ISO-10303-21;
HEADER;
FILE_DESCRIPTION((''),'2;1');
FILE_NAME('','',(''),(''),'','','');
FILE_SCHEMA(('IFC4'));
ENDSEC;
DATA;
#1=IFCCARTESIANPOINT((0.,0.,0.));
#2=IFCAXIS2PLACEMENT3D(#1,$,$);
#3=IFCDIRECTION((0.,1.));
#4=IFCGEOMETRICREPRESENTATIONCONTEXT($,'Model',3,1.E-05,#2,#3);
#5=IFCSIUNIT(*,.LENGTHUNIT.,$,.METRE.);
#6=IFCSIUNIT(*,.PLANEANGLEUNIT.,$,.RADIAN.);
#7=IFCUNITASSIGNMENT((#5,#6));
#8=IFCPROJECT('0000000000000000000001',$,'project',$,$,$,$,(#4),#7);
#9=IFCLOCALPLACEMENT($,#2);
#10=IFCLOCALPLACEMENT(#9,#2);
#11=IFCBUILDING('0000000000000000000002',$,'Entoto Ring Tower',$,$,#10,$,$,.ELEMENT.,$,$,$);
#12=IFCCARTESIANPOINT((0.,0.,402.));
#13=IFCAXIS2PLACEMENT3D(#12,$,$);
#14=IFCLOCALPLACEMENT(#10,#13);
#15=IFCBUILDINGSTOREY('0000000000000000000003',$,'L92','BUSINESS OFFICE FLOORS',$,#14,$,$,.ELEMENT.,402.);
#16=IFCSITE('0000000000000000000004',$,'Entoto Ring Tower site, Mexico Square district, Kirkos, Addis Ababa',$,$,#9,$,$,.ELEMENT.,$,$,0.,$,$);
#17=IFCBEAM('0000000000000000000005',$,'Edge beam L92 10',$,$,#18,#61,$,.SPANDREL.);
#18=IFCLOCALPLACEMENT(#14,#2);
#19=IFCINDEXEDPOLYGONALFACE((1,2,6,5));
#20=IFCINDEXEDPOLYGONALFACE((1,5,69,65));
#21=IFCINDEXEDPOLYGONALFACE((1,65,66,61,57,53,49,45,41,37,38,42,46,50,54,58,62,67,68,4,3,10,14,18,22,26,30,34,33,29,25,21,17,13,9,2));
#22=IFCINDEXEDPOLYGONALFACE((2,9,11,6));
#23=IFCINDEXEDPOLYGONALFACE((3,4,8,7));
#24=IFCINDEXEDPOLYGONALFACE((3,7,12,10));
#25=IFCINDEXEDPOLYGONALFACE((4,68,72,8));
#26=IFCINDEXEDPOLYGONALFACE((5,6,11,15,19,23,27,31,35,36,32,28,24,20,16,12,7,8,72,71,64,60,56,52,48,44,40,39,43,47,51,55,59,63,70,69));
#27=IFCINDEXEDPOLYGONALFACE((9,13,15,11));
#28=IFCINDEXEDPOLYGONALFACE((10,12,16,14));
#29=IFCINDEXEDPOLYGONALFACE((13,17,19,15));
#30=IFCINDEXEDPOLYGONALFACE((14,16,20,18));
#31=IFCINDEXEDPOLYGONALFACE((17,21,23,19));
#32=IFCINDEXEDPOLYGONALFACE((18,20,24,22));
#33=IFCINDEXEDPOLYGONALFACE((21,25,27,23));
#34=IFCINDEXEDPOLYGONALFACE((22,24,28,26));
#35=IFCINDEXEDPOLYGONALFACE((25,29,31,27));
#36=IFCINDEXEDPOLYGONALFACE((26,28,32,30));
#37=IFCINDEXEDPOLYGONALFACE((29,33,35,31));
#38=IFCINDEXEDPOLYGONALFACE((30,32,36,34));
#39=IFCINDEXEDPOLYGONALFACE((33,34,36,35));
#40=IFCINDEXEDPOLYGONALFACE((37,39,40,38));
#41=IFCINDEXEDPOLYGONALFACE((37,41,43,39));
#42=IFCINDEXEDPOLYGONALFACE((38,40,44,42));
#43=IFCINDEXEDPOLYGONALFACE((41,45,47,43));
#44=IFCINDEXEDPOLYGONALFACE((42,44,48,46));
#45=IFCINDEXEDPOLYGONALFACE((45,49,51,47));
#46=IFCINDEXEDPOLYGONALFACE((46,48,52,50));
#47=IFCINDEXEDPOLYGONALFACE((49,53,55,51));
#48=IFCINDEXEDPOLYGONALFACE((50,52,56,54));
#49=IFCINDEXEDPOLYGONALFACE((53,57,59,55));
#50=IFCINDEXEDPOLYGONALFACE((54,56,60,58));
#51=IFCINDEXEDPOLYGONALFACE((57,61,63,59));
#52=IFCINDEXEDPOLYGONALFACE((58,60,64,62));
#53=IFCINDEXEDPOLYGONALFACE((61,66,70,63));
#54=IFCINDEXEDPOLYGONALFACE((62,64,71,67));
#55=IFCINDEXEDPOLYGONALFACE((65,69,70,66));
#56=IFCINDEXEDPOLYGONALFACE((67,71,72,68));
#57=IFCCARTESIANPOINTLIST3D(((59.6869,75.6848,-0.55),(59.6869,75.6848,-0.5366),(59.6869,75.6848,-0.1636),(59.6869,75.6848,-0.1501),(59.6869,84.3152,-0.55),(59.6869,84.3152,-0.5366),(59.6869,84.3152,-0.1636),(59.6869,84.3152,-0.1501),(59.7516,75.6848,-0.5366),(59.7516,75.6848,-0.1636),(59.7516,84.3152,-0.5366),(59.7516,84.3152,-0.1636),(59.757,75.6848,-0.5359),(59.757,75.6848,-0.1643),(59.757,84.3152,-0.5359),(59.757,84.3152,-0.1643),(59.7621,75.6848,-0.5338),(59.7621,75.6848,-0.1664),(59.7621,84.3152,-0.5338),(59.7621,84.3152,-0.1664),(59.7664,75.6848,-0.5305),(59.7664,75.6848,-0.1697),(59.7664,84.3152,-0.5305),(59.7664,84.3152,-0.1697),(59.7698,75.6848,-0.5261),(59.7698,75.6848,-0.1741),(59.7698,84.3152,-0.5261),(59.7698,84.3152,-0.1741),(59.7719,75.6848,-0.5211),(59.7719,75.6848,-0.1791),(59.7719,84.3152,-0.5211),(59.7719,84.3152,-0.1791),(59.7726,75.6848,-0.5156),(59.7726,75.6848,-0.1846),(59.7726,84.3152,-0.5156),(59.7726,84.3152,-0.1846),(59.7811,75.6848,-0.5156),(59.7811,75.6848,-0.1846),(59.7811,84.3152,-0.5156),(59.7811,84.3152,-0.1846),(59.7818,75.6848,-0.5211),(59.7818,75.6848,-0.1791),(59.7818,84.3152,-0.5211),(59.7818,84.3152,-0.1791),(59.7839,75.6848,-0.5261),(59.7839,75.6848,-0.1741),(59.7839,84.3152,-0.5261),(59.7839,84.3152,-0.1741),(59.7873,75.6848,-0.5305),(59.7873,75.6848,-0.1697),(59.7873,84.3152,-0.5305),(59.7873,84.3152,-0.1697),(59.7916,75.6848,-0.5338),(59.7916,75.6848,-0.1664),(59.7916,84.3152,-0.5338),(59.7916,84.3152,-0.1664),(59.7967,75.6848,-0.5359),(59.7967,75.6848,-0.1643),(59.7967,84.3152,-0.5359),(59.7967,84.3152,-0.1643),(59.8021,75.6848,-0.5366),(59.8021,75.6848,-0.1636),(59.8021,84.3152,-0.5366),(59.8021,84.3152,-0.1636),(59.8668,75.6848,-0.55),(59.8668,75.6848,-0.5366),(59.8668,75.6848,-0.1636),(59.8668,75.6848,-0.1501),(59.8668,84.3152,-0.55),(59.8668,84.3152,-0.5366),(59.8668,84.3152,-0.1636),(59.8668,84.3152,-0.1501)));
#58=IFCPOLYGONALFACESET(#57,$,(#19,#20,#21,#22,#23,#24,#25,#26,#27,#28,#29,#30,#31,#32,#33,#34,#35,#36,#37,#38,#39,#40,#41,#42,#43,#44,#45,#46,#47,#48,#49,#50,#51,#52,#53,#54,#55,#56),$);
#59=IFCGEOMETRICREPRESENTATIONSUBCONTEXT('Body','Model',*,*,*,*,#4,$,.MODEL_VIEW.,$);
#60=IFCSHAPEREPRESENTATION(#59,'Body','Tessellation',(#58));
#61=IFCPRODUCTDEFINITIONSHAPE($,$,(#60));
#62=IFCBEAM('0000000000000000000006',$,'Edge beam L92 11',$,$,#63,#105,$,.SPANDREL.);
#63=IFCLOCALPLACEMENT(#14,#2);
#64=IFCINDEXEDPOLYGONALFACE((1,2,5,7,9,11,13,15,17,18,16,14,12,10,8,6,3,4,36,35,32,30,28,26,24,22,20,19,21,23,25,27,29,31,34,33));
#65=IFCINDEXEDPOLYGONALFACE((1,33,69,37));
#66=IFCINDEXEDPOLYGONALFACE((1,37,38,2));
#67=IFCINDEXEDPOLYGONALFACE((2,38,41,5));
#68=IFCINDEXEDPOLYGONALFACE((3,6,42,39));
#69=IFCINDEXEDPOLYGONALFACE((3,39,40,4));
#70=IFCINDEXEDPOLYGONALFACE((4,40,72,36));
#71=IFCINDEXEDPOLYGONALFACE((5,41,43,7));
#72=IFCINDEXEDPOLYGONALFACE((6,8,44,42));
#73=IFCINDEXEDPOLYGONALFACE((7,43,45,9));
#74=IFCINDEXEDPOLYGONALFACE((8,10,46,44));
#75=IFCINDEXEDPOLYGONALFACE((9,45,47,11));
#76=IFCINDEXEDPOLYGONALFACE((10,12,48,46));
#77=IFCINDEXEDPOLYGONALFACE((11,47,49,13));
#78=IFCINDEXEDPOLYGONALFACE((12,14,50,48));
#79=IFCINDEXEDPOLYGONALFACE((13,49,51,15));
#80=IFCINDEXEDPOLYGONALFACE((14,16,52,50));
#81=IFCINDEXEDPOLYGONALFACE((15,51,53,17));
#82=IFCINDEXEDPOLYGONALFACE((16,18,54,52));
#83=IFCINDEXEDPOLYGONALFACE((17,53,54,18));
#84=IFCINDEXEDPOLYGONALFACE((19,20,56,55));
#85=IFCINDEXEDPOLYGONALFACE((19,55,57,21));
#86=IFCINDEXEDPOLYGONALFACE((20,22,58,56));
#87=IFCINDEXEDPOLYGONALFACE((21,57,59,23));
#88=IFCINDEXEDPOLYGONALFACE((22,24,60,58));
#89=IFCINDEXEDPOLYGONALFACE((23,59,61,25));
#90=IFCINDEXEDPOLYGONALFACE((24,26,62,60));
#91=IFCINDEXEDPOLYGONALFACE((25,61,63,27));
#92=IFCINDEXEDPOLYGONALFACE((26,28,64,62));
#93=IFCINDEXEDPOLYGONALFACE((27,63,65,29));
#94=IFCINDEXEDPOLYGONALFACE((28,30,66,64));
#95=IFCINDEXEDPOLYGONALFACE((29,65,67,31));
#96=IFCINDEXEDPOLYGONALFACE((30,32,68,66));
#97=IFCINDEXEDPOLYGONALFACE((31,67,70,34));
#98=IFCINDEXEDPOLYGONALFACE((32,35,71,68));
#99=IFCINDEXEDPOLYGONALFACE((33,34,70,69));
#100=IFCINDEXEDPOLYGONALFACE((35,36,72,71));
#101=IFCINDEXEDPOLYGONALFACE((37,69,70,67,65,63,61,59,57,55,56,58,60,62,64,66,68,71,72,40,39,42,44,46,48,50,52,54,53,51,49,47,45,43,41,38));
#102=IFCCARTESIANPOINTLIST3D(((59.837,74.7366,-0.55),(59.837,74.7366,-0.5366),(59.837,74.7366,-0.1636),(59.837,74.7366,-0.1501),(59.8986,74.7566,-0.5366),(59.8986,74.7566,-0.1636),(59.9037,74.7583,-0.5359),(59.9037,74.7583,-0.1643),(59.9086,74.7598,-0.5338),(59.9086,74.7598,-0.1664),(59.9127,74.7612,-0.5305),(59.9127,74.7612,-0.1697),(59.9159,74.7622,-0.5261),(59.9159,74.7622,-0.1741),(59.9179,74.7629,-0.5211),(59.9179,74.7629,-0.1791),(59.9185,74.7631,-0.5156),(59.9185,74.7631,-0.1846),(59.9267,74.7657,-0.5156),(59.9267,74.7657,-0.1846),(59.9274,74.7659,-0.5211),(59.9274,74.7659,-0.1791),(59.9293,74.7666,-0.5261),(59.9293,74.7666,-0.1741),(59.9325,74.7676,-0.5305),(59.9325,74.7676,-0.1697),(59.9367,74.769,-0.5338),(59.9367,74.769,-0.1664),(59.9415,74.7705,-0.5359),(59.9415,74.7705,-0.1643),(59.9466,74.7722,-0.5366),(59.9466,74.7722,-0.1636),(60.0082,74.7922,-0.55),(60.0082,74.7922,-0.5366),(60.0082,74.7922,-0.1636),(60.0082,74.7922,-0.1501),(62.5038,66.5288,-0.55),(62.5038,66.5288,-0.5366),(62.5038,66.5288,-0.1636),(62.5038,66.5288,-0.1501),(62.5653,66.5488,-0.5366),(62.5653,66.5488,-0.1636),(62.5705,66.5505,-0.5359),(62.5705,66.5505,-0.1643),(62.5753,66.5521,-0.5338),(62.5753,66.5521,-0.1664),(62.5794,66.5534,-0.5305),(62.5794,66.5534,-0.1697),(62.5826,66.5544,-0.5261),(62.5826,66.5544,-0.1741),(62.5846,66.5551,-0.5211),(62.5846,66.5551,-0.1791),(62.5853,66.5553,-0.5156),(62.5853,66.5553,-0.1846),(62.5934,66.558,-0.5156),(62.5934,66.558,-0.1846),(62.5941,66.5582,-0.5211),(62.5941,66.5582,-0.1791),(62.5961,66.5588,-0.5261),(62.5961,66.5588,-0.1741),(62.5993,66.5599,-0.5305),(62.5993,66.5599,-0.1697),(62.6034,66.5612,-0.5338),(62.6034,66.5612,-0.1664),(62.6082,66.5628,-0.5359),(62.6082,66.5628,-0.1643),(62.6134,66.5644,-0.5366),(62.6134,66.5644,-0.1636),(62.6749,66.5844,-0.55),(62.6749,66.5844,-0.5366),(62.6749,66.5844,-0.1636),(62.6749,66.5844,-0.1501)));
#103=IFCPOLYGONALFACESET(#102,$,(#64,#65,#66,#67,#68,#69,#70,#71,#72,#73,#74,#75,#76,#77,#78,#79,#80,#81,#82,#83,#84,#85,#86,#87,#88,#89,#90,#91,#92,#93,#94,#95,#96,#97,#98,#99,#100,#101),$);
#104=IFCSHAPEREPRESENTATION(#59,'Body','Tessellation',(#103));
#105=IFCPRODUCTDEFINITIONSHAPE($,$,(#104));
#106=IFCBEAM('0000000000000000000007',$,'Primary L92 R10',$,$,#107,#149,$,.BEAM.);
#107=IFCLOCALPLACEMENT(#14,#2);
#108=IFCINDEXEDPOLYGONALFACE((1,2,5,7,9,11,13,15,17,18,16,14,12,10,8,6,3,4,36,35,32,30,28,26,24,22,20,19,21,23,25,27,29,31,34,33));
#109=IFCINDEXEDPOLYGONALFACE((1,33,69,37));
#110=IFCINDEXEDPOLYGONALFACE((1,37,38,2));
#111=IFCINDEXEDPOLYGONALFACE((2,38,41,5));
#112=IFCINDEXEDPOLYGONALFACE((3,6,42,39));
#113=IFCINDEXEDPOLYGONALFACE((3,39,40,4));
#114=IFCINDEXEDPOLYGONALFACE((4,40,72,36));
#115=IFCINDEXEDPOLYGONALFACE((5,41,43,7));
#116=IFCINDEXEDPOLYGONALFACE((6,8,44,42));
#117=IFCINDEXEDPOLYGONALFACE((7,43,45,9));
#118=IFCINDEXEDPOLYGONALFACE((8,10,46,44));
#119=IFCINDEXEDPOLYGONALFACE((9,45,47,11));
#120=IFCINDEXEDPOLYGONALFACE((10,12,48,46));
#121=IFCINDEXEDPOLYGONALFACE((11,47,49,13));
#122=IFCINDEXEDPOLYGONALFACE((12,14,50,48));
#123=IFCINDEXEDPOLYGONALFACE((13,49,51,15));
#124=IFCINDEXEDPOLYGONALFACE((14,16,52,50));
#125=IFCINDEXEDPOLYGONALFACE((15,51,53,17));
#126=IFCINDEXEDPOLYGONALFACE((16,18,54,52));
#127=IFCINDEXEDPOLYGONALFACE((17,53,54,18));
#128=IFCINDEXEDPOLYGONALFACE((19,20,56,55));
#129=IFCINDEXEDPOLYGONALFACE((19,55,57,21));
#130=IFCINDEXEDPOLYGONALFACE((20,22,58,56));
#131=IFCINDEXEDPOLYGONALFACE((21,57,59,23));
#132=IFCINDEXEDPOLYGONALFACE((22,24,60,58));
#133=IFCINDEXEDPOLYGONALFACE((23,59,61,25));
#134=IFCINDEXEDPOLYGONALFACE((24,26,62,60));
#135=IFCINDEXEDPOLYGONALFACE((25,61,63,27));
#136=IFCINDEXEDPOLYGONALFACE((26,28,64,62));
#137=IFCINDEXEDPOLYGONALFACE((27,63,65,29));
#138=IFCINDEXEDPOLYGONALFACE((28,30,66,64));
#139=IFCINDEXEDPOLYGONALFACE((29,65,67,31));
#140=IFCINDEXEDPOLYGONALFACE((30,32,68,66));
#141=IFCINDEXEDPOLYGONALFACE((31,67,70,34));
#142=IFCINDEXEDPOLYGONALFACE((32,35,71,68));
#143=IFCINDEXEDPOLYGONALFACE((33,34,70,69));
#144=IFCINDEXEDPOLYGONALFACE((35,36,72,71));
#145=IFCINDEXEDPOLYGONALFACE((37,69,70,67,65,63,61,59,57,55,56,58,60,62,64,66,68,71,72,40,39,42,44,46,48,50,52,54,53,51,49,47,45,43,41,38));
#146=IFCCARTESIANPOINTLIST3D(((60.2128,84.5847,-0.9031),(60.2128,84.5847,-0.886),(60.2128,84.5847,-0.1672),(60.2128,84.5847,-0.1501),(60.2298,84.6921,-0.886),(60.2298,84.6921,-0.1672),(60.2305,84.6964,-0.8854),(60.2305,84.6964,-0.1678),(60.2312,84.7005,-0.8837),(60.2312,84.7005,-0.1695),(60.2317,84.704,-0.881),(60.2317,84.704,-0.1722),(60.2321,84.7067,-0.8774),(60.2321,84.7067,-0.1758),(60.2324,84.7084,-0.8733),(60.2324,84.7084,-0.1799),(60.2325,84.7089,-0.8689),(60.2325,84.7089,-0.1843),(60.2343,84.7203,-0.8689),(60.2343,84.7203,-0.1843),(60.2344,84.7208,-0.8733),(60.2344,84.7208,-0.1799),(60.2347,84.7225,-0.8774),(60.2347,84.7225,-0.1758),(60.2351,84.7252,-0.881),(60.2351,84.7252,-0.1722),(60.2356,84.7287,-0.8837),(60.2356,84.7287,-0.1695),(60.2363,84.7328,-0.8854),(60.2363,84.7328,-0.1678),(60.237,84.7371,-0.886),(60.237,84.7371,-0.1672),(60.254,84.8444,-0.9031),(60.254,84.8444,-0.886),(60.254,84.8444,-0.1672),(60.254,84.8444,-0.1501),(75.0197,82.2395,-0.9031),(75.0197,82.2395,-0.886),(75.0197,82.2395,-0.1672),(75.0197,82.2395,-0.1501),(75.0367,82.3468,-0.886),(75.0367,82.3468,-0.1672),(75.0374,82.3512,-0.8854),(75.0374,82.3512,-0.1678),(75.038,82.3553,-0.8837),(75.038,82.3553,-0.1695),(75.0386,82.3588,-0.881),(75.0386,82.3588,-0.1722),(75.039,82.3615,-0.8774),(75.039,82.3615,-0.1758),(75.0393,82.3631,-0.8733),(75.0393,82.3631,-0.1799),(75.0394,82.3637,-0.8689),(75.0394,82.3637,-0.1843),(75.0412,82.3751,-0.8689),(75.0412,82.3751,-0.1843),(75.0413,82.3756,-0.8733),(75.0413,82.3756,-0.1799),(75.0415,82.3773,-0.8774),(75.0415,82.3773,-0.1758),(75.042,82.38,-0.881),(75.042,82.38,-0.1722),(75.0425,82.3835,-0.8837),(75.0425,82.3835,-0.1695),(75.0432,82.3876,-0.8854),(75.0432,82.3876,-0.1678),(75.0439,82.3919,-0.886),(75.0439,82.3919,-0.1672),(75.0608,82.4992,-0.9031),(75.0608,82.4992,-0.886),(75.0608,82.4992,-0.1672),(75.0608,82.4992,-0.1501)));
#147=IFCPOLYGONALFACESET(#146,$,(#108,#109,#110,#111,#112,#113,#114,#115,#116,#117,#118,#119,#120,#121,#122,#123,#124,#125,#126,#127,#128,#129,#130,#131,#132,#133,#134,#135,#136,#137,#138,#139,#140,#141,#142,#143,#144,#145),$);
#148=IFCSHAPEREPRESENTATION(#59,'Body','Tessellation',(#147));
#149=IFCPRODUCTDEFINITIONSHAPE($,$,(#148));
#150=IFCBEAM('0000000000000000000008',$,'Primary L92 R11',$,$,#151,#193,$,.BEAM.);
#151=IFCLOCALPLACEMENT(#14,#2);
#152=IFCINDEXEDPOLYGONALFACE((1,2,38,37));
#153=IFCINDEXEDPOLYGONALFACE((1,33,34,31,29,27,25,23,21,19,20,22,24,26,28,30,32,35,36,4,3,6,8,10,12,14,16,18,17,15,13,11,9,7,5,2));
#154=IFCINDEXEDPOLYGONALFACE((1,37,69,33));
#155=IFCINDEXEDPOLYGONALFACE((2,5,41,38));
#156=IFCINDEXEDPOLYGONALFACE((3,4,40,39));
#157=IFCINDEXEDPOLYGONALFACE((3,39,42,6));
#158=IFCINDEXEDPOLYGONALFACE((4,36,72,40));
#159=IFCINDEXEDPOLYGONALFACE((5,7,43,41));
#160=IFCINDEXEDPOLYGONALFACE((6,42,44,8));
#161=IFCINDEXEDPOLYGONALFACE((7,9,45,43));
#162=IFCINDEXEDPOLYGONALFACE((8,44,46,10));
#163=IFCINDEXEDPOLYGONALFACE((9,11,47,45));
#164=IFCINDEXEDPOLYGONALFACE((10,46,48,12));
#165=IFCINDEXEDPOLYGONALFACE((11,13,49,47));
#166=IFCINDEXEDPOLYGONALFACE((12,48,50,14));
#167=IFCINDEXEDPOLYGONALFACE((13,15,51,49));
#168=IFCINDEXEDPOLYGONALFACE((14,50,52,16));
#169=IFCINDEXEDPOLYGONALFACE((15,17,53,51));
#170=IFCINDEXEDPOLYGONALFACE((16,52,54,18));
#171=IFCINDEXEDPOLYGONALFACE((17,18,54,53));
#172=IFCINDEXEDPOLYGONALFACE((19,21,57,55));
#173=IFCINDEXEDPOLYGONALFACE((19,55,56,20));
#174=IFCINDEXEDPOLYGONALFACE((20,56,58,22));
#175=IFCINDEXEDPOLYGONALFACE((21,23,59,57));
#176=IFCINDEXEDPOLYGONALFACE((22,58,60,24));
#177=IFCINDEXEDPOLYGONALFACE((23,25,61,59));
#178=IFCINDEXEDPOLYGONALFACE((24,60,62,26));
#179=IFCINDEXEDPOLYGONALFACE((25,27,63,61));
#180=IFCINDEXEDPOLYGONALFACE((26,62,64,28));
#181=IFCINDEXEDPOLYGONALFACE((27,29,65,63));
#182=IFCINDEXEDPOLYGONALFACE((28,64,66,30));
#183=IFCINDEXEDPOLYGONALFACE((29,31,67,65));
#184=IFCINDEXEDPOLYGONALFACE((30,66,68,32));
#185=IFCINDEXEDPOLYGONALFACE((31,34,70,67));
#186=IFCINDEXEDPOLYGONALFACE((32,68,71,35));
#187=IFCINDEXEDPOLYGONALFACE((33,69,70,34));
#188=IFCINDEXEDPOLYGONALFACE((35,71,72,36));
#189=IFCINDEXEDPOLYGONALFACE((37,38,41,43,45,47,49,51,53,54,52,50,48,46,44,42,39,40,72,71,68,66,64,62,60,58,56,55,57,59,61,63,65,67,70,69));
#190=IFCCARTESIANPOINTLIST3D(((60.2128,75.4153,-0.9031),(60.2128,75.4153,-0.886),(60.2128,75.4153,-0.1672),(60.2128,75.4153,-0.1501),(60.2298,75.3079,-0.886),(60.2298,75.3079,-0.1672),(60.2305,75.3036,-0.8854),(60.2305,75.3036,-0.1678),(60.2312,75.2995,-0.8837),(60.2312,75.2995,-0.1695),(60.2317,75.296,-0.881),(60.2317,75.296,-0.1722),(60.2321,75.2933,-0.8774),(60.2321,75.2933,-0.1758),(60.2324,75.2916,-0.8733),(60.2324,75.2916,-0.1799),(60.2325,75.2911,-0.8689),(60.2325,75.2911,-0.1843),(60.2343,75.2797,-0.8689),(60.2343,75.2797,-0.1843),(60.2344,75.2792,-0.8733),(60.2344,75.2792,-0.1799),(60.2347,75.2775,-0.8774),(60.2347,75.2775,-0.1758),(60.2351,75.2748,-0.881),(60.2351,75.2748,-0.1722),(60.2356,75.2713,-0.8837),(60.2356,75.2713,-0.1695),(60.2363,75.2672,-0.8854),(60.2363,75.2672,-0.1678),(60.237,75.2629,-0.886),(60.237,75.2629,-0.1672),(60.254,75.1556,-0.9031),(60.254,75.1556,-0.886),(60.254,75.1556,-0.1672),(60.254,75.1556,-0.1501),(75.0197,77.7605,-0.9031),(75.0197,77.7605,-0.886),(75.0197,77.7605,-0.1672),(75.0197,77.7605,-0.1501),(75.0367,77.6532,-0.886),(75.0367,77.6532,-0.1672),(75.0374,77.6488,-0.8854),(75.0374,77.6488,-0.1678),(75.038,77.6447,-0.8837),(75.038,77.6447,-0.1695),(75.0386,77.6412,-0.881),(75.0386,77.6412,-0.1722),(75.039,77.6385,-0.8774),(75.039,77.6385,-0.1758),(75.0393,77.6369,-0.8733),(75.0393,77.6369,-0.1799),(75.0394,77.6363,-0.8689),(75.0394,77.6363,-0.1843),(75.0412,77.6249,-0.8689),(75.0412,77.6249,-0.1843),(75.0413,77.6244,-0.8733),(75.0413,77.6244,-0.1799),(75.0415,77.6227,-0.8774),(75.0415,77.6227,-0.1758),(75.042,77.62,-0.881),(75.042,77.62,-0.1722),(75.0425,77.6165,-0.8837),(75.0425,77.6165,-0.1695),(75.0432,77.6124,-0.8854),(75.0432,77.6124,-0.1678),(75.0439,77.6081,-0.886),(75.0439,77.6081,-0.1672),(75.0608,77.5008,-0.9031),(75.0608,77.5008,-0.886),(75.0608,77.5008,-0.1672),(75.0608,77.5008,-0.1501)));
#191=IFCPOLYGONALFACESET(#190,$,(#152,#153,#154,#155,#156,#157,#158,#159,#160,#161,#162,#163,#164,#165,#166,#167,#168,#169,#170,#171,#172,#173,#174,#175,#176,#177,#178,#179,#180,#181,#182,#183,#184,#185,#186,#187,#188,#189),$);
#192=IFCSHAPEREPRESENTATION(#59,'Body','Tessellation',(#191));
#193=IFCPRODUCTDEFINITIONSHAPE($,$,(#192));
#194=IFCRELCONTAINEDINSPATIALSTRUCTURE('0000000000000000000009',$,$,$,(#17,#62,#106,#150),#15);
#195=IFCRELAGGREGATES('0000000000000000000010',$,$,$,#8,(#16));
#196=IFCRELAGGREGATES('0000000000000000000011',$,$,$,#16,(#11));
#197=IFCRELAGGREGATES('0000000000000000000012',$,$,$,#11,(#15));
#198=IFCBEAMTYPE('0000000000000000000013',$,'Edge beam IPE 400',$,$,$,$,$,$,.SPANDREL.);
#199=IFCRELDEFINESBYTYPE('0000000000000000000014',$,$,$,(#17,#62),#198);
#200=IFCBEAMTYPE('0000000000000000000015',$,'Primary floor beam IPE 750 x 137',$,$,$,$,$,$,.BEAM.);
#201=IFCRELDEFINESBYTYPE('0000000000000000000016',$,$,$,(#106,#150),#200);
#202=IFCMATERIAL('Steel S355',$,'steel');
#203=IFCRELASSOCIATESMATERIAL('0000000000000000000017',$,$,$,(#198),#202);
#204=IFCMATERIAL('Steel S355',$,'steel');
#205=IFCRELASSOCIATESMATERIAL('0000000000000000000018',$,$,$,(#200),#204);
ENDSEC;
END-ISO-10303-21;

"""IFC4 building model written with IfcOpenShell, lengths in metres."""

from ifc_helpers import new_model, si_unit, direction, frame, origin, origin_2d, place, context, subcontext, project, spatial, i_section, extrude, material, material_profile, profile_set, type_object, element, save


model = new_model("IFC4")

# Units and contexts
model_context = context("Model", 3, precision=1e-05, world=origin(), true_north=direction((0.0, 1.0)))
body_context = subcontext(model_context, "Body", "Model", "MODEL_VIEW")
ifc_project = project(units=[si_unit("LENGTHUNIT", "METRE"), si_unit("PLANEANGLEUNIT", "RADIAN")], contexts=[model_context])

# Site, building, storey
site_placement = place(None, origin())
site = spatial("IfcSite", under=ifc_project, at=site_placement, Name="Entoto Ring Tower site, Mexico Square district, Kirkos, Addis Ababa", CompositionType="ELEMENT", RefElevation=0.0)
building_placement = place(site_placement, origin())
building = spatial("IfcBuilding", under=site, at=building_placement, Name="Entoto Ring Tower", CompositionType="ELEMENT")
storey_placement = place(building_placement, frame((0.0, 0.0, 402.0)))
storey = spatial("IfcBuildingStorey", under=building, at=storey_placement, Name="L92", Description="BUSINESS OFFICE FLOORS", CompositionType="ELEMENT", Elevation=402.0)

# Beams
ifc_material_1 = material(Name="Steel S355", Category="steel")
ifc_material_profile_1 = material_profile(ifc_material_1, i_section(OverallWidth=0.1799, OverallDepth=0.3999, WebThickness=0.0085, FlangeThickness=0.0134, FilletRadius=0.021, at=origin_2d()), Name="IPE 400")
ifc_profile_set_1 = profile_set([ifc_material_profile_1], Name="Steel S355")
beam_type_1 = type_object("IfcBeamType", Name="Edge beam IPE 400", PredefinedType="SPANDREL", material=ifc_profile_set_1)
beam_1_placement = place(storey_placement, frame((59.7769, 84.3152, -0.3501), z_axis=(0.0, -1.0, 0.0), x_axis=(1.0, 0.0, 0.0)))
element("IfcBeam", 1, at=beam_1_placement, inside=storey, type_object=beam_type_1, Name="Edge beam L92 10", PredefinedType="SPANDREL", context=body_context, shape_type="SweptSolid", body=[
    extrude(i_section(OverallWidth=0.1799, OverallDepth=0.3999, WebThickness=0.0085, FlangeThickness=0.0134, FilletRadius=0.021, at=origin_2d()), origin(), (0.0, 0.0, 1.0), 8.6304),
])
beam_2_placement = place(storey_placement, frame((59.9226, 74.7644, -0.3501), z_axis=(0.309005, -0.95106, 0.0), x_axis=(0.95106, 0.309005, 0.0)))
element("IfcBeam", 2, at=beam_2_placement, inside=storey, type_object=beam_type_1, Name="Edge beam L92 11", PredefinedType="SPANDREL", context=body_context, shape_type="SweptSolid", body=[
    extrude(i_section(OverallWidth=0.1799, OverallDepth=0.3999, WebThickness=0.0085, FlangeThickness=0.0134, FilletRadius=0.021, at=origin_2d()), origin(), (0.0, 0.0, 1.0), 8.6301),
])
ifc_material_2 = material(Name="Steel S355", Category="steel")
ifc_material_profile_2 = material_profile(ifc_material_2, i_section(OverallWidth=0.2629, OverallDepth=0.7529, WebThickness=0.0115, FlangeThickness=0.0171, FilletRadius=0.0171, at=origin_2d()), Name="IPE 750 x 137")
ifc_profile_set_2 = profile_set([ifc_material_profile_2], Name="Steel S355")
beam_type_2 = type_object("IfcBeamType", Name="Primary floor beam IPE 750 x 137", PredefinedType="BEAM", material=ifc_profile_set_2)
for number, where, z_axis, x_axis, name in (
    (3, (75.0403, 82.3694, -0.5266), (-0.987688, 0.156437, 0.0), (-0.156437, -0.987688, 0.0), "Primary L92 R10"),
    (4, (75.0403, 77.6306, -0.5266), (-0.987688, -0.156437, 0.0), (0.156437, -0.987688, 0.0), "Primary L92 R11"),
):
    element("IfcBeam", number, at=place(storey_placement, frame(where, z_axis=z_axis, x_axis=x_axis)), inside=storey, type_object=beam_type_2, Name=name, PredefinedType="BEAM", context=body_context, shape_type="SweptSolid", body=[
        extrude(i_section(OverallWidth=0.2629, OverallDepth=0.7529, WebThickness=0.0115, FlangeThickness=0.0171, FilletRadius=0.0171, at=origin_2d()), origin(), (0.0, 0.0, 1.0), 14.9915),
    ])

save(model, "model.ifc")
